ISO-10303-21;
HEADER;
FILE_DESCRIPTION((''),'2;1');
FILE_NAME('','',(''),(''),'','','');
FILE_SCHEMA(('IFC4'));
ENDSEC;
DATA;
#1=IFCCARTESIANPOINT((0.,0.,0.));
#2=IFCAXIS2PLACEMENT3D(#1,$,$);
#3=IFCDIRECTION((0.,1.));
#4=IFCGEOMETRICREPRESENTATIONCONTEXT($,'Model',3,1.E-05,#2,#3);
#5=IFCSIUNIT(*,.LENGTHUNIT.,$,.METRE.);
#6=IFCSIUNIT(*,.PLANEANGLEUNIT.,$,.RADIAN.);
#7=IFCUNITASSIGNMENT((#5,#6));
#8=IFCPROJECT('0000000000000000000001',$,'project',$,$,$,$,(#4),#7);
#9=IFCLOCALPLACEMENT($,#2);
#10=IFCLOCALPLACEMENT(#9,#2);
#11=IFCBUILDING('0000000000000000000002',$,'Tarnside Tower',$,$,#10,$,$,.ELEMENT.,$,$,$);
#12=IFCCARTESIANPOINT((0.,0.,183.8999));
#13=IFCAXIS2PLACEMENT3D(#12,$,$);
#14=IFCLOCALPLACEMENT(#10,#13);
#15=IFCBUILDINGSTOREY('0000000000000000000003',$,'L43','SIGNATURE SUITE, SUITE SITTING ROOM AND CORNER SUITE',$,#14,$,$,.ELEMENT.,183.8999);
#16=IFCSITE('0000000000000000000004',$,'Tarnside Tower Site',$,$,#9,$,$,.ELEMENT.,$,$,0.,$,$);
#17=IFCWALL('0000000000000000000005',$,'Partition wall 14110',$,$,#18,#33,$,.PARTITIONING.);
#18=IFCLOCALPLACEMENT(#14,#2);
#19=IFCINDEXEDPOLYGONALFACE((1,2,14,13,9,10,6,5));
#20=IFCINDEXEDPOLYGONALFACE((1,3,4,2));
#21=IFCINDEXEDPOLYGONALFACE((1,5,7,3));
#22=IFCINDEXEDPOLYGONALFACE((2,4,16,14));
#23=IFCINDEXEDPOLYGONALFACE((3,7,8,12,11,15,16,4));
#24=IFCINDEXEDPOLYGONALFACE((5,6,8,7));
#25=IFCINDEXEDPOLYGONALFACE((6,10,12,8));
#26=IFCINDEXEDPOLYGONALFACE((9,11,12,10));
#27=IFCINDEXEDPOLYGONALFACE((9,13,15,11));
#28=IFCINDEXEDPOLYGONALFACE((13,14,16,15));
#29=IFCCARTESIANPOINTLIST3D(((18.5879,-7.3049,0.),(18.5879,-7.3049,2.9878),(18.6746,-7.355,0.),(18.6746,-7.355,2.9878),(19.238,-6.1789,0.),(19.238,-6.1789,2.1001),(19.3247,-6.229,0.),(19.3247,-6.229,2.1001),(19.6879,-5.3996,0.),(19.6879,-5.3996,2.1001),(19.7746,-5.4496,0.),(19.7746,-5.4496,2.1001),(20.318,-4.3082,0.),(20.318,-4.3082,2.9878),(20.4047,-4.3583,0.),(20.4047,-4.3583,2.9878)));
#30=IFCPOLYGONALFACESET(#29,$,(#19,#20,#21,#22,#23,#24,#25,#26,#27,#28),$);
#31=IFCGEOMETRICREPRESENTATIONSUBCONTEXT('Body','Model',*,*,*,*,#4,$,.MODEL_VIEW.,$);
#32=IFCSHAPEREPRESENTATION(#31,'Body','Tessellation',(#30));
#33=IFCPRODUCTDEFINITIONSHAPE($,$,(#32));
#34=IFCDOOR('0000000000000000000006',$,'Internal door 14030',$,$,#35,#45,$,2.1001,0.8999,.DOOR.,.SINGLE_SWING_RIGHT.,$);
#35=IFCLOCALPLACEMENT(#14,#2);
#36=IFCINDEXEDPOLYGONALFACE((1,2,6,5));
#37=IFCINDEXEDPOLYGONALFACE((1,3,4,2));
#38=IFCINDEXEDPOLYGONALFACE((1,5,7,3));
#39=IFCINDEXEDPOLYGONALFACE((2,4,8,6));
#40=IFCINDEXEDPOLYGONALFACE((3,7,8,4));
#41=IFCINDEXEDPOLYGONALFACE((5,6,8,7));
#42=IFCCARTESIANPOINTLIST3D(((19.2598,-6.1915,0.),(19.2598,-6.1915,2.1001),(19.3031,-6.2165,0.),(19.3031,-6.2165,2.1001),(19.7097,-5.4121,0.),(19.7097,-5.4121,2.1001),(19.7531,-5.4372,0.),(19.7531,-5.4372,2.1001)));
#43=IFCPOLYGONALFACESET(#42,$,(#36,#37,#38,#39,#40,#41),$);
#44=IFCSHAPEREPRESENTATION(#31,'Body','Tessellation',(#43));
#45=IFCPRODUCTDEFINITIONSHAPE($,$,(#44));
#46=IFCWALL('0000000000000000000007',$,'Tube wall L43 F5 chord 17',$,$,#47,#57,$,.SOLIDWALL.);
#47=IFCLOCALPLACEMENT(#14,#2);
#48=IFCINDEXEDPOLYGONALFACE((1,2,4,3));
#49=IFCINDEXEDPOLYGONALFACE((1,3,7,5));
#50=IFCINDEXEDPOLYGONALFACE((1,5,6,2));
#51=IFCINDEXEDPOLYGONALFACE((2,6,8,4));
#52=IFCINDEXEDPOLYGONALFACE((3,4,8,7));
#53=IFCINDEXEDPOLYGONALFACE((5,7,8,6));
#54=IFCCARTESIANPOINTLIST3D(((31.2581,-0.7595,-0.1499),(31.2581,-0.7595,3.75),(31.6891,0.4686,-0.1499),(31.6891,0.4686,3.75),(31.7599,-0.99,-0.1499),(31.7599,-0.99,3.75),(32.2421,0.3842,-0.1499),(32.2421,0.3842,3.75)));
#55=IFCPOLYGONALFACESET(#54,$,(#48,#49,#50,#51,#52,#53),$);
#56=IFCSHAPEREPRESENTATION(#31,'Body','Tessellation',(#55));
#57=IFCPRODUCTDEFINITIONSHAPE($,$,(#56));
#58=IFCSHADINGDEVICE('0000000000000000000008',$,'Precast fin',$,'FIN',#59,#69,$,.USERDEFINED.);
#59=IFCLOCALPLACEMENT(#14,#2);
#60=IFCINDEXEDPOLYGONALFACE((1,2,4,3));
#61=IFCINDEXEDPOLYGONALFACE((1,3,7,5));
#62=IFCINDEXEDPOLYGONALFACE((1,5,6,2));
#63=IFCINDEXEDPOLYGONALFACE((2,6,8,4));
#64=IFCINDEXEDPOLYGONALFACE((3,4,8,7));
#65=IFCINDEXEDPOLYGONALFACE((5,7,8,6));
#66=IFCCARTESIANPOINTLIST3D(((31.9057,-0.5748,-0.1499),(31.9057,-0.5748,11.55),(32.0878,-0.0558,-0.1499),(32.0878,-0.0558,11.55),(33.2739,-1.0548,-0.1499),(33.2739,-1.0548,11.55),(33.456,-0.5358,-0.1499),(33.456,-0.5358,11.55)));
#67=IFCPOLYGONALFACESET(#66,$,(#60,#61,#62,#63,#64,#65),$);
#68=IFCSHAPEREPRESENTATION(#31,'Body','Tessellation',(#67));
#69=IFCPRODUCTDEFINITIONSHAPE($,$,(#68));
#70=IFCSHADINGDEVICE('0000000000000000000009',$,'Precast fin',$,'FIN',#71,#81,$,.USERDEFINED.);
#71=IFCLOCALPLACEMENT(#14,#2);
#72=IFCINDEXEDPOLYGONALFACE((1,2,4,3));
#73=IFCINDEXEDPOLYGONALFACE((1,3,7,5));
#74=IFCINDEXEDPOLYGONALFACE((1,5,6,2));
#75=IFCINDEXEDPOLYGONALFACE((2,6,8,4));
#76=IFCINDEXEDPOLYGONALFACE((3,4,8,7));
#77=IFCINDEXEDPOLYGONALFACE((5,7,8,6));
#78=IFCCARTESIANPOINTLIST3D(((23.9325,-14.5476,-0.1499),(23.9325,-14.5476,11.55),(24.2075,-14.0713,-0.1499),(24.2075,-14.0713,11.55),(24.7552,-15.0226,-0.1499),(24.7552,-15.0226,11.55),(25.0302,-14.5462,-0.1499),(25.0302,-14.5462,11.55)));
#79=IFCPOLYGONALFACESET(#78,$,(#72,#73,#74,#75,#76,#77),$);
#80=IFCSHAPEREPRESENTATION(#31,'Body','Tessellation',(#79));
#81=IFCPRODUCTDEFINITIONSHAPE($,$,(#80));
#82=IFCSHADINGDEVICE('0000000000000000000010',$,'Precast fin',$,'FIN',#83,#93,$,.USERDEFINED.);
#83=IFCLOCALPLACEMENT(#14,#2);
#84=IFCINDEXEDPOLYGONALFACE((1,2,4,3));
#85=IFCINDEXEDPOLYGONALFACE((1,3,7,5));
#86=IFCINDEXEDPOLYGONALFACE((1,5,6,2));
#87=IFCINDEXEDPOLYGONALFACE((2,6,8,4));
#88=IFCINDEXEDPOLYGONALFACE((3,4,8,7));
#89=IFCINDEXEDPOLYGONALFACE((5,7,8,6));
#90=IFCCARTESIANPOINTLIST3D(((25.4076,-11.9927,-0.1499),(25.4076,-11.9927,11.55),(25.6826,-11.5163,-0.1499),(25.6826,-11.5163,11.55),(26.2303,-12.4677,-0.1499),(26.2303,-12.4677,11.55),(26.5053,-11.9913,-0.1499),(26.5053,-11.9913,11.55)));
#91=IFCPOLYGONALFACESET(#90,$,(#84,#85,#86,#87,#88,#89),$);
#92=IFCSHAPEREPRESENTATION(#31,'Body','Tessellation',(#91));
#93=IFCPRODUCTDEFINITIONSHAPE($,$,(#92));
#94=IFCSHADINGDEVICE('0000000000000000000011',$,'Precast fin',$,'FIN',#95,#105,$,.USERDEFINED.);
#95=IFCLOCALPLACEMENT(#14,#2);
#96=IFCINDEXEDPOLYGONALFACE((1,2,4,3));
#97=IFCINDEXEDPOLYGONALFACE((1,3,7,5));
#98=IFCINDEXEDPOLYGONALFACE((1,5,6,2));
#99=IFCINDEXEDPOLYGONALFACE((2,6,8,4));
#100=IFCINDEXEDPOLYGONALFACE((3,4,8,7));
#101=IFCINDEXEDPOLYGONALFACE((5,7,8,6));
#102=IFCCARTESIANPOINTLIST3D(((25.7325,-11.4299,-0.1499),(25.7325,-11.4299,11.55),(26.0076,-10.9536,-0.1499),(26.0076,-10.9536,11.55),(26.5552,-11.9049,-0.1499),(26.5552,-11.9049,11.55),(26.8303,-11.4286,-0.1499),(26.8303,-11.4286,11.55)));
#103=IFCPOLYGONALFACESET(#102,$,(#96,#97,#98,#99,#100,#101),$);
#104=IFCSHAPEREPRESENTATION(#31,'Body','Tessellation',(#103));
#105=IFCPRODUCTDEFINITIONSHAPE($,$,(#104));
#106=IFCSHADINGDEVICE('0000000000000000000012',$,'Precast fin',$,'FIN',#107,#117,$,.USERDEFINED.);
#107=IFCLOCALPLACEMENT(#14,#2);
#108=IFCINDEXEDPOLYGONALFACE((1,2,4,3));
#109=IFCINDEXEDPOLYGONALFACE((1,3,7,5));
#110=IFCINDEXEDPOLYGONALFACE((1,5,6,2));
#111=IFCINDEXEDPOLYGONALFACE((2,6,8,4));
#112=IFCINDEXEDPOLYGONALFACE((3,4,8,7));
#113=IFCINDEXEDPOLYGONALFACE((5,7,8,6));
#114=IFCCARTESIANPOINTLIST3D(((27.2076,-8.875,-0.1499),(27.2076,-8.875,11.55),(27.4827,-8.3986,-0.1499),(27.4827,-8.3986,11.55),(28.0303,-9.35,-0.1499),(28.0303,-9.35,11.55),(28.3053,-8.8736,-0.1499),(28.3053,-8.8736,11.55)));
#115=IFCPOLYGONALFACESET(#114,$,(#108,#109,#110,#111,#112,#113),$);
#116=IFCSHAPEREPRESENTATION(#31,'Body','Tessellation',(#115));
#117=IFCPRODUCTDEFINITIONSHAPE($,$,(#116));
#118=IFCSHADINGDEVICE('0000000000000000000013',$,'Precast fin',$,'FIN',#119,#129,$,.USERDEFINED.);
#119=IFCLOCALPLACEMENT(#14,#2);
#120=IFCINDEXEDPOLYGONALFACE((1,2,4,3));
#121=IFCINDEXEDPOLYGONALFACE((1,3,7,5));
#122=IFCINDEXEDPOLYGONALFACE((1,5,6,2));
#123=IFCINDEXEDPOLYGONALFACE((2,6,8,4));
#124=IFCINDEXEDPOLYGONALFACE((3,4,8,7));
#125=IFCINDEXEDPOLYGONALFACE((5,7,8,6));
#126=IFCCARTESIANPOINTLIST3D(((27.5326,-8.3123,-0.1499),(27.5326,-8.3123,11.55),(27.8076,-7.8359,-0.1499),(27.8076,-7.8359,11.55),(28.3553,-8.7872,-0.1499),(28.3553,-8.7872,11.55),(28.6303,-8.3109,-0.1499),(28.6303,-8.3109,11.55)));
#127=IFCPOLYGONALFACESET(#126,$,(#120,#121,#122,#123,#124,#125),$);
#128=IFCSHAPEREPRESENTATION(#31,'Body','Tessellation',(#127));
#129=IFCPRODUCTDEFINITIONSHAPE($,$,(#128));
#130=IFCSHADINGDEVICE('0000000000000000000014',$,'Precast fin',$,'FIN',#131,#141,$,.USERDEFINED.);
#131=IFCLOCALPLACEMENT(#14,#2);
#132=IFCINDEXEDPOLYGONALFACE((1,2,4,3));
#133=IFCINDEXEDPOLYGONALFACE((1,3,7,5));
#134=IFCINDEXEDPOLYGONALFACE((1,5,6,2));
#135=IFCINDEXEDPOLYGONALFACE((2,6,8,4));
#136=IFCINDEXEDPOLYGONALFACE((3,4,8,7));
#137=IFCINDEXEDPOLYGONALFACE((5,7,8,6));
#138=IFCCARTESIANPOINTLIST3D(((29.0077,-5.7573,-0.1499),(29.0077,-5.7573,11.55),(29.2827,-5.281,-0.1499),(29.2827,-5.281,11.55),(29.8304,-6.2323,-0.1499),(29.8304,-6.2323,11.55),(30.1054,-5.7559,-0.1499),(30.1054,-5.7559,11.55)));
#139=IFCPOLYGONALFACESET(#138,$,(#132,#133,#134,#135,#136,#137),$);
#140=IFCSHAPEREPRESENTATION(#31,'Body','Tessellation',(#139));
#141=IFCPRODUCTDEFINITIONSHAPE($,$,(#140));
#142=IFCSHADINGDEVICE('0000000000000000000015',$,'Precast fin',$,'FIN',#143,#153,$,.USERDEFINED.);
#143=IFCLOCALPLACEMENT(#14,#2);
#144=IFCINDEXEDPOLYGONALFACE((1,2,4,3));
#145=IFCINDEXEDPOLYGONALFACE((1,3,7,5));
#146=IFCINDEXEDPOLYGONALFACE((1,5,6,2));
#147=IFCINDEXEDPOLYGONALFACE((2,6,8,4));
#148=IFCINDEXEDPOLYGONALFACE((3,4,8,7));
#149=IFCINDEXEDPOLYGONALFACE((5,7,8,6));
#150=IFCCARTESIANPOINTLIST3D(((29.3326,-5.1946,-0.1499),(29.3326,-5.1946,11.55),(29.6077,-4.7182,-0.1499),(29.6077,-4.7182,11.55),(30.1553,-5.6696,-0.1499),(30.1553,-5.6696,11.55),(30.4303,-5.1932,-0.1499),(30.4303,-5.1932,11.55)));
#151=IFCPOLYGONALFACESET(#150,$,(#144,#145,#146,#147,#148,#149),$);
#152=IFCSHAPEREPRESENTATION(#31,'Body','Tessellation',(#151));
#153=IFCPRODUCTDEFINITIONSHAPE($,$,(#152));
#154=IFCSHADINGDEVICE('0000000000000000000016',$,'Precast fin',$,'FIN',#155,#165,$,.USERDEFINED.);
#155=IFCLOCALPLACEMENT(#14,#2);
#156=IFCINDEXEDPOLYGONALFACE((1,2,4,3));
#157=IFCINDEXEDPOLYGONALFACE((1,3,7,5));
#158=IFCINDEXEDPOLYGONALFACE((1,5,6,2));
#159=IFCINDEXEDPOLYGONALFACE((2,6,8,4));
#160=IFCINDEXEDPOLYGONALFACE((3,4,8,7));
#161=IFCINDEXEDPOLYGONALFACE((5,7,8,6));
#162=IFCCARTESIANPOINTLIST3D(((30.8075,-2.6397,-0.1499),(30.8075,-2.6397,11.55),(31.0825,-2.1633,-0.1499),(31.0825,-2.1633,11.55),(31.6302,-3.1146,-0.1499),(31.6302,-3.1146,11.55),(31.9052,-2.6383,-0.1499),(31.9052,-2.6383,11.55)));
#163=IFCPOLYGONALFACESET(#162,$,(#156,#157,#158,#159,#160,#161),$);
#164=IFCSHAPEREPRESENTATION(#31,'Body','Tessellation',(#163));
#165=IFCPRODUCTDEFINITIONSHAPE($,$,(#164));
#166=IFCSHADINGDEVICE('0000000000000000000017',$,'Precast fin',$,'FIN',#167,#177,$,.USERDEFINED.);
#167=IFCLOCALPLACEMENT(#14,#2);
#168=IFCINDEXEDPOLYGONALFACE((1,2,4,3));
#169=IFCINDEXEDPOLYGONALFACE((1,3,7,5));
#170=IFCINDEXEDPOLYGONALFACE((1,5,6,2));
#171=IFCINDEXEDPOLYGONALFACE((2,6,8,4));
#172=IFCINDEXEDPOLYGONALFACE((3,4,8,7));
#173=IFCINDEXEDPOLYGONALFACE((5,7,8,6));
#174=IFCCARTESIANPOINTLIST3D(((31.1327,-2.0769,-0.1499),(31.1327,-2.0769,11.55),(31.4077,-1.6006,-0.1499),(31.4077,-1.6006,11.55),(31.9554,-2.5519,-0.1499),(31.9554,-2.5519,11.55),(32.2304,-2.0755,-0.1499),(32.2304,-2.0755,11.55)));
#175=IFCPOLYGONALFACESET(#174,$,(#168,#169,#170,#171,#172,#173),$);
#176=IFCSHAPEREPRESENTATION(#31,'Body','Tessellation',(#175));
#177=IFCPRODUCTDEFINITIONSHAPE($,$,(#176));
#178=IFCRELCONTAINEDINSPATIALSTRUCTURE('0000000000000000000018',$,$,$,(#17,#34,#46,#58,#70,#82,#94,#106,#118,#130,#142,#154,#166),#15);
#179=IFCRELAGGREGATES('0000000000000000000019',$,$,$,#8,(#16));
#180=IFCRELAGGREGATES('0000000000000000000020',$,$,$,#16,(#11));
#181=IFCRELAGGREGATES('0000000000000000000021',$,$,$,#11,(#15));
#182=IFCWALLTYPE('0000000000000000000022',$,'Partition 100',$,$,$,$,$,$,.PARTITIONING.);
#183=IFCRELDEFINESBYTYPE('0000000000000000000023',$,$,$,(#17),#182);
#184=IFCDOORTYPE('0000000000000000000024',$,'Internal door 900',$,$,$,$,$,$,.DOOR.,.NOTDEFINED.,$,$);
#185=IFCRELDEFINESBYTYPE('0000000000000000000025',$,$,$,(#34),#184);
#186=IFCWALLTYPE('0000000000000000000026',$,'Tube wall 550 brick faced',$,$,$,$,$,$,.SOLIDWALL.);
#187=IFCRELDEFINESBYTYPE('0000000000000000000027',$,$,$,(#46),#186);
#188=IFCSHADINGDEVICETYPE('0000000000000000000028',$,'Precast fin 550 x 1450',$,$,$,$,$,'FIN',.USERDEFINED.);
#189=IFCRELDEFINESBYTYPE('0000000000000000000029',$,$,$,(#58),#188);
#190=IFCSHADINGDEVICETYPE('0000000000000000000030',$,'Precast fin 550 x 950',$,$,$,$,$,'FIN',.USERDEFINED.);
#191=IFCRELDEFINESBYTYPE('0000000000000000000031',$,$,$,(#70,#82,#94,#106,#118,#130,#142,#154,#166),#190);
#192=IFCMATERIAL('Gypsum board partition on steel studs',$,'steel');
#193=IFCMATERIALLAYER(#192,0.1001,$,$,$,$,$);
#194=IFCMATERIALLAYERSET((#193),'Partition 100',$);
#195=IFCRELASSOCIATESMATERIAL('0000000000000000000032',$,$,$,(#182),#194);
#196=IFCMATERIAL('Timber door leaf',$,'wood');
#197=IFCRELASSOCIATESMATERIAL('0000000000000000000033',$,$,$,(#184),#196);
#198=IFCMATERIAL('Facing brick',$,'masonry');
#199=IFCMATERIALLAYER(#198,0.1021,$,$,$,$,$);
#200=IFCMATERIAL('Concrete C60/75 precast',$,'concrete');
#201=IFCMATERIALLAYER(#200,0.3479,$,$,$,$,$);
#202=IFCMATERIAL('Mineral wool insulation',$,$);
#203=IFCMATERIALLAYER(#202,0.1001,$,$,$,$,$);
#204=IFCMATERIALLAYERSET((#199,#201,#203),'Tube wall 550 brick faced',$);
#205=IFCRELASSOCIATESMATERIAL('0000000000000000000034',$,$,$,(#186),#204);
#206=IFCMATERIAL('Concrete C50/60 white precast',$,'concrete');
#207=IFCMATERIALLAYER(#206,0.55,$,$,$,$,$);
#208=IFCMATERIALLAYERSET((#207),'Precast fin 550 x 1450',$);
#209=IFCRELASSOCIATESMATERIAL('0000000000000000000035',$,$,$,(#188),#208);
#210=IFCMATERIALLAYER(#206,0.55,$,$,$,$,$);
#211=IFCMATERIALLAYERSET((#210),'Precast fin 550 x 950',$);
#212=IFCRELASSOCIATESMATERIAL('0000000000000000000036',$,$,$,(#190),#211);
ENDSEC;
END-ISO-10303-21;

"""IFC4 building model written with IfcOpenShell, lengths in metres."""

from ifc_helpers import new_model, si_unit, direction, frame, frame_2d, origin, place, context, subcontext, project, spatial, polyline, rectangle, outline, extrude, material, layer, layer_set, type_object, element, fill, save


model = new_model("IFC4")

# Units and contexts
model_context = context("Model", 3, precision=1e-05, world=origin(), true_north=direction((0.0, 1.0)))
body_context = subcontext(model_context, "Body", "Model", "MODEL_VIEW")
ifc_project = project(units=[si_unit("LENGTHUNIT", "METRE"), si_unit("PLANEANGLEUNIT", "RADIAN")], contexts=[model_context])

# Site, building, storey
site_placement = place(None, origin())
site = spatial("IfcSite", under=ifc_project, at=site_placement, Name="Tarnside Tower Site", CompositionType="ELEMENT", RefElevation=0.0)
building_placement = place(site_placement, origin())
building = spatial("IfcBuilding", under=site, at=building_placement, Name="Tarnside Tower", CompositionType="ELEMENT")
storey_placement = place(building_placement, frame((0.0, 0.0, 183.8999)))
storey = spatial("IfcBuildingStorey", under=building, at=storey_placement, Name="L43", Description="SIGNATURE SUITE, SUITE SITTING ROOM AND CORNER SUITE", CompositionType="ELEMENT", Elevation=183.8999)

# Shared definitions
ifc_material_1 = material(Name="Gypsum board partition on steel studs", Category="steel")

# Shared definitions
ifc_layer_1 = layer(ifc_material_1, 0.1001)
ifc_layer_set_1 = layer_set([ifc_layer_1], Name="Partition 100")
wall_type_1 = type_object("IfcWallType", Name="Partition 100", PredefinedType="PARTITIONING", material=ifc_layer_set_1)
ifc_material_2 = material(Name="Timber door leaf", Category="wood")
door_type_1 = type_object("IfcDoorType", Name="Internal door 900", OperationType="NOTDEFINED", PredefinedType="DOOR", material=ifc_material_2)

# Wall, opening, door
wall_1_placement = place(storey_placement, frame((18.6313, -7.3298, 0.0), z_axis=(0.0, 0.0, 1.0), x_axis=(0.499979, 0.866038, 0.0)))
wall_1 = element("IfcWall", 1, at=wall_1_placement, inside=storey, type_object=wall_type_1, Name="Partition wall 14110", PredefinedType="PARTITIONING", context=body_context, shape_type="SweptSolid", body=[
    extrude(rectangle(XDim=3.4602, YDim=0.1001, at=frame_2d((1.73, 0.0))), origin(), (0.0, 0.0, 1.0), 2.9878),
])
opening_1_placement = place(wall_1_placement, frame((1.3, 0.0, 0.0)))
opening_1 = element("IfcOpeningElement", 2, at=opening_1_placement, cuts=wall_1, PredefinedType="OPENING", context=body_context, shape_type="SweptSolid", body=[
    extrude(rectangle(XDim=0.8999, YDim=2.1001, at=frame_2d((0.45, 1.05))), frame((0.0, 0.0601, 0.0), z_axis=(0.0, -1.0, 0.0), x_axis=(1.0, 0.0, 0.0)), (0.0, 0.0, 1.0), 0.1201),
])
door_1_placement = place(opening_1_placement, origin())
door_1 = element("IfcDoor", 3, at=door_1_placement, inside=storey, type_object=door_type_1, Name="Internal door 14030", OperationType="SINGLE_SWING_RIGHT", OverallHeight=2.1001, OverallWidth=0.8999, PredefinedType="DOOR", context=body_context, shape_type="SweptSolid", body=[
    extrude(rectangle(XDim=0.8999, YDim=2.1001, at=frame_2d((0.45, 1.05))), frame((0.0, 0.0249, 0.0), z_axis=(0.0, -1.0, 0.0), x_axis=(1.0, 0.0, 0.0)), (0.0, 0.0, 1.0), 0.05),
])
fill(opening_1, door_1)

# Wall
ifc_material_3 = material(Name="Facing brick", Category="masonry")
ifc_layer_2 = layer(ifc_material_3, 0.1021)
ifc_material_4 = material(Name="Concrete C60/75 precast", Category="concrete")
ifc_layer_3 = layer(ifc_material_4, 0.3479)
ifc_material_5 = material(Name="Mineral wool insulation")
ifc_layer_4 = layer(ifc_material_5, 0.1001)
ifc_layer_set_2 = layer_set([ifc_layer_2, ifc_layer_3, ifc_layer_4], Name="Tube wall 550 brick faced")
wall_type_2 = type_object("IfcWallType", Name="Tube wall 550 brick faced", PredefinedType="SOLIDWALL", material=ifc_layer_set_2)
wall_2_placement = place(storey_placement, frame((31.509, -0.8748, -0.1499), z_axis=(0.0, 0.0, 1.0), x_axis=(0.331115, 0.94359, 0.0)))
element("IfcWall", 4, at=wall_2_placement, inside=storey, type_object=wall_type_2, Name="Tube wall L43 F5 chord 17", PredefinedType="SOLIDWALL", context=body_context, shape_type="SweptSolid", body=[
    extrude(outline(polyline([(-0.0256, -0.2749), (1.4307, -0.2749), (1.3271, 0.2749), (0.0256, 0.2749), (-0.0256, -0.2749)])), origin(), (0.0, 0.0, 1.0), 3.8999),
])

# Shading devices
ifc_material_6 = material(Name="Concrete C50/60 white precast", Category="concrete")
ifc_layer_5 = layer(ifc_material_6, 0.55)
ifc_layer_set_3 = layer_set([ifc_layer_5], Name="Precast fin 550 x 1450")
shading_device_type_1 = type_object("IfcShadingDeviceType", Name="Precast fin 550 x 1450", ElementType="FIN", PredefinedType="USERDEFINED", material=ifc_layer_set_3)
shading_device_placement = place(storey_placement, frame((31.9968, -0.3152, -0.1499), z_axis=(-0.331063, -0.943609, 0.0), x_axis=(0.943609, -0.331063, 0.0)))
element("IfcShadingDevice", 5, at=shading_device_placement, inside=storey, type_object=shading_device_type_1, Name="Precast fin", ObjectType="FIN", PredefinedType="USERDEFINED", context=body_context, shape_type="SweptSolid", body=[
    extrude(outline(polyline([(0.0, 0.0), (1.45, 0.0), (1.45, 11.7), (0.0, 11.7), (0.0, 0.0)])), frame((0.0, 0.0, -0.2749)), (0.0, 0.0, 1.0), 0.55),
])
ifc_layer_6 = layer(ifc_material_6, 0.55)
ifc_layer_set_4 = layer_set([ifc_layer_6], Name="Precast fin 550 x 950")
shading_device_type_2 = type_object("IfcShadingDeviceType", Name="Precast fin 550 x 950", ElementType="FIN", PredefinedType="USERDEFINED", material=ifc_layer_set_4)
for number, where, z_axis, x_axis, name in (
    (6, (24.0701, -14.3093, -0.1499), (-0.5, -0.866025, 0.0), (0.866025, -0.5, 0.0), "Precast fin"),
    (7, (25.5452, -11.7544, -0.1499), (-0.5, -0.866025, 0.0), (0.866025, -0.5, 0.0), "Precast fin"),
    (8, (25.8701, -11.1917, -0.1499), (-0.5, -0.866025, 0.0), (0.866025, -0.5, 0.0), "Precast fin"),
    (9, (27.3452, -8.6367, -0.1499), (-0.5, -0.866025, 0.0), (0.866025, -0.5, 0.0), "Precast fin"),
    (10, (27.6702, -8.074, -0.1499), (-0.5, -0.866025, 0.0), (0.866025, -0.5, 0.0), "Precast fin"),
    (11, (29.1453, -5.519, -0.1499), (-0.5, -0.866025, 0.0), (0.866025, -0.5, 0.0), "Precast fin"),
    (12, (29.4702, -4.9563, -0.1499), (-0.5, -0.866025, 0.0), (0.866025, -0.5, 0.0), "Precast fin"),
    (13, (30.9451, -2.4014, -0.1499), (-0.5, -0.866025, 0.0), (0.866025, -0.5, 0.0), "Precast fin"),
    (14, (31.2703, -1.8386, -0.1499), (-0.5, -0.866025, 0.0), (0.866025, -0.5, 0.0), "Precast fin"),
):
    element("IfcShadingDevice", number, at=place(storey_placement, frame(where, z_axis=z_axis, x_axis=x_axis)), inside=storey, type_object=shading_device_type_2, Name=name, ObjectType="FIN", PredefinedType="USERDEFINED", context=body_context, shape_type="SweptSolid", body=[
        extrude(outline(polyline([(0.0, 0.0), (0.95, 0.0), (0.95, 11.7), (0.0, 11.7), (0.0, 0.0)])), frame((0.0, 0.0, -0.2749)), (0.0, 0.0, 1.0), 0.55),
    ])

save(model, "model.ifc")
